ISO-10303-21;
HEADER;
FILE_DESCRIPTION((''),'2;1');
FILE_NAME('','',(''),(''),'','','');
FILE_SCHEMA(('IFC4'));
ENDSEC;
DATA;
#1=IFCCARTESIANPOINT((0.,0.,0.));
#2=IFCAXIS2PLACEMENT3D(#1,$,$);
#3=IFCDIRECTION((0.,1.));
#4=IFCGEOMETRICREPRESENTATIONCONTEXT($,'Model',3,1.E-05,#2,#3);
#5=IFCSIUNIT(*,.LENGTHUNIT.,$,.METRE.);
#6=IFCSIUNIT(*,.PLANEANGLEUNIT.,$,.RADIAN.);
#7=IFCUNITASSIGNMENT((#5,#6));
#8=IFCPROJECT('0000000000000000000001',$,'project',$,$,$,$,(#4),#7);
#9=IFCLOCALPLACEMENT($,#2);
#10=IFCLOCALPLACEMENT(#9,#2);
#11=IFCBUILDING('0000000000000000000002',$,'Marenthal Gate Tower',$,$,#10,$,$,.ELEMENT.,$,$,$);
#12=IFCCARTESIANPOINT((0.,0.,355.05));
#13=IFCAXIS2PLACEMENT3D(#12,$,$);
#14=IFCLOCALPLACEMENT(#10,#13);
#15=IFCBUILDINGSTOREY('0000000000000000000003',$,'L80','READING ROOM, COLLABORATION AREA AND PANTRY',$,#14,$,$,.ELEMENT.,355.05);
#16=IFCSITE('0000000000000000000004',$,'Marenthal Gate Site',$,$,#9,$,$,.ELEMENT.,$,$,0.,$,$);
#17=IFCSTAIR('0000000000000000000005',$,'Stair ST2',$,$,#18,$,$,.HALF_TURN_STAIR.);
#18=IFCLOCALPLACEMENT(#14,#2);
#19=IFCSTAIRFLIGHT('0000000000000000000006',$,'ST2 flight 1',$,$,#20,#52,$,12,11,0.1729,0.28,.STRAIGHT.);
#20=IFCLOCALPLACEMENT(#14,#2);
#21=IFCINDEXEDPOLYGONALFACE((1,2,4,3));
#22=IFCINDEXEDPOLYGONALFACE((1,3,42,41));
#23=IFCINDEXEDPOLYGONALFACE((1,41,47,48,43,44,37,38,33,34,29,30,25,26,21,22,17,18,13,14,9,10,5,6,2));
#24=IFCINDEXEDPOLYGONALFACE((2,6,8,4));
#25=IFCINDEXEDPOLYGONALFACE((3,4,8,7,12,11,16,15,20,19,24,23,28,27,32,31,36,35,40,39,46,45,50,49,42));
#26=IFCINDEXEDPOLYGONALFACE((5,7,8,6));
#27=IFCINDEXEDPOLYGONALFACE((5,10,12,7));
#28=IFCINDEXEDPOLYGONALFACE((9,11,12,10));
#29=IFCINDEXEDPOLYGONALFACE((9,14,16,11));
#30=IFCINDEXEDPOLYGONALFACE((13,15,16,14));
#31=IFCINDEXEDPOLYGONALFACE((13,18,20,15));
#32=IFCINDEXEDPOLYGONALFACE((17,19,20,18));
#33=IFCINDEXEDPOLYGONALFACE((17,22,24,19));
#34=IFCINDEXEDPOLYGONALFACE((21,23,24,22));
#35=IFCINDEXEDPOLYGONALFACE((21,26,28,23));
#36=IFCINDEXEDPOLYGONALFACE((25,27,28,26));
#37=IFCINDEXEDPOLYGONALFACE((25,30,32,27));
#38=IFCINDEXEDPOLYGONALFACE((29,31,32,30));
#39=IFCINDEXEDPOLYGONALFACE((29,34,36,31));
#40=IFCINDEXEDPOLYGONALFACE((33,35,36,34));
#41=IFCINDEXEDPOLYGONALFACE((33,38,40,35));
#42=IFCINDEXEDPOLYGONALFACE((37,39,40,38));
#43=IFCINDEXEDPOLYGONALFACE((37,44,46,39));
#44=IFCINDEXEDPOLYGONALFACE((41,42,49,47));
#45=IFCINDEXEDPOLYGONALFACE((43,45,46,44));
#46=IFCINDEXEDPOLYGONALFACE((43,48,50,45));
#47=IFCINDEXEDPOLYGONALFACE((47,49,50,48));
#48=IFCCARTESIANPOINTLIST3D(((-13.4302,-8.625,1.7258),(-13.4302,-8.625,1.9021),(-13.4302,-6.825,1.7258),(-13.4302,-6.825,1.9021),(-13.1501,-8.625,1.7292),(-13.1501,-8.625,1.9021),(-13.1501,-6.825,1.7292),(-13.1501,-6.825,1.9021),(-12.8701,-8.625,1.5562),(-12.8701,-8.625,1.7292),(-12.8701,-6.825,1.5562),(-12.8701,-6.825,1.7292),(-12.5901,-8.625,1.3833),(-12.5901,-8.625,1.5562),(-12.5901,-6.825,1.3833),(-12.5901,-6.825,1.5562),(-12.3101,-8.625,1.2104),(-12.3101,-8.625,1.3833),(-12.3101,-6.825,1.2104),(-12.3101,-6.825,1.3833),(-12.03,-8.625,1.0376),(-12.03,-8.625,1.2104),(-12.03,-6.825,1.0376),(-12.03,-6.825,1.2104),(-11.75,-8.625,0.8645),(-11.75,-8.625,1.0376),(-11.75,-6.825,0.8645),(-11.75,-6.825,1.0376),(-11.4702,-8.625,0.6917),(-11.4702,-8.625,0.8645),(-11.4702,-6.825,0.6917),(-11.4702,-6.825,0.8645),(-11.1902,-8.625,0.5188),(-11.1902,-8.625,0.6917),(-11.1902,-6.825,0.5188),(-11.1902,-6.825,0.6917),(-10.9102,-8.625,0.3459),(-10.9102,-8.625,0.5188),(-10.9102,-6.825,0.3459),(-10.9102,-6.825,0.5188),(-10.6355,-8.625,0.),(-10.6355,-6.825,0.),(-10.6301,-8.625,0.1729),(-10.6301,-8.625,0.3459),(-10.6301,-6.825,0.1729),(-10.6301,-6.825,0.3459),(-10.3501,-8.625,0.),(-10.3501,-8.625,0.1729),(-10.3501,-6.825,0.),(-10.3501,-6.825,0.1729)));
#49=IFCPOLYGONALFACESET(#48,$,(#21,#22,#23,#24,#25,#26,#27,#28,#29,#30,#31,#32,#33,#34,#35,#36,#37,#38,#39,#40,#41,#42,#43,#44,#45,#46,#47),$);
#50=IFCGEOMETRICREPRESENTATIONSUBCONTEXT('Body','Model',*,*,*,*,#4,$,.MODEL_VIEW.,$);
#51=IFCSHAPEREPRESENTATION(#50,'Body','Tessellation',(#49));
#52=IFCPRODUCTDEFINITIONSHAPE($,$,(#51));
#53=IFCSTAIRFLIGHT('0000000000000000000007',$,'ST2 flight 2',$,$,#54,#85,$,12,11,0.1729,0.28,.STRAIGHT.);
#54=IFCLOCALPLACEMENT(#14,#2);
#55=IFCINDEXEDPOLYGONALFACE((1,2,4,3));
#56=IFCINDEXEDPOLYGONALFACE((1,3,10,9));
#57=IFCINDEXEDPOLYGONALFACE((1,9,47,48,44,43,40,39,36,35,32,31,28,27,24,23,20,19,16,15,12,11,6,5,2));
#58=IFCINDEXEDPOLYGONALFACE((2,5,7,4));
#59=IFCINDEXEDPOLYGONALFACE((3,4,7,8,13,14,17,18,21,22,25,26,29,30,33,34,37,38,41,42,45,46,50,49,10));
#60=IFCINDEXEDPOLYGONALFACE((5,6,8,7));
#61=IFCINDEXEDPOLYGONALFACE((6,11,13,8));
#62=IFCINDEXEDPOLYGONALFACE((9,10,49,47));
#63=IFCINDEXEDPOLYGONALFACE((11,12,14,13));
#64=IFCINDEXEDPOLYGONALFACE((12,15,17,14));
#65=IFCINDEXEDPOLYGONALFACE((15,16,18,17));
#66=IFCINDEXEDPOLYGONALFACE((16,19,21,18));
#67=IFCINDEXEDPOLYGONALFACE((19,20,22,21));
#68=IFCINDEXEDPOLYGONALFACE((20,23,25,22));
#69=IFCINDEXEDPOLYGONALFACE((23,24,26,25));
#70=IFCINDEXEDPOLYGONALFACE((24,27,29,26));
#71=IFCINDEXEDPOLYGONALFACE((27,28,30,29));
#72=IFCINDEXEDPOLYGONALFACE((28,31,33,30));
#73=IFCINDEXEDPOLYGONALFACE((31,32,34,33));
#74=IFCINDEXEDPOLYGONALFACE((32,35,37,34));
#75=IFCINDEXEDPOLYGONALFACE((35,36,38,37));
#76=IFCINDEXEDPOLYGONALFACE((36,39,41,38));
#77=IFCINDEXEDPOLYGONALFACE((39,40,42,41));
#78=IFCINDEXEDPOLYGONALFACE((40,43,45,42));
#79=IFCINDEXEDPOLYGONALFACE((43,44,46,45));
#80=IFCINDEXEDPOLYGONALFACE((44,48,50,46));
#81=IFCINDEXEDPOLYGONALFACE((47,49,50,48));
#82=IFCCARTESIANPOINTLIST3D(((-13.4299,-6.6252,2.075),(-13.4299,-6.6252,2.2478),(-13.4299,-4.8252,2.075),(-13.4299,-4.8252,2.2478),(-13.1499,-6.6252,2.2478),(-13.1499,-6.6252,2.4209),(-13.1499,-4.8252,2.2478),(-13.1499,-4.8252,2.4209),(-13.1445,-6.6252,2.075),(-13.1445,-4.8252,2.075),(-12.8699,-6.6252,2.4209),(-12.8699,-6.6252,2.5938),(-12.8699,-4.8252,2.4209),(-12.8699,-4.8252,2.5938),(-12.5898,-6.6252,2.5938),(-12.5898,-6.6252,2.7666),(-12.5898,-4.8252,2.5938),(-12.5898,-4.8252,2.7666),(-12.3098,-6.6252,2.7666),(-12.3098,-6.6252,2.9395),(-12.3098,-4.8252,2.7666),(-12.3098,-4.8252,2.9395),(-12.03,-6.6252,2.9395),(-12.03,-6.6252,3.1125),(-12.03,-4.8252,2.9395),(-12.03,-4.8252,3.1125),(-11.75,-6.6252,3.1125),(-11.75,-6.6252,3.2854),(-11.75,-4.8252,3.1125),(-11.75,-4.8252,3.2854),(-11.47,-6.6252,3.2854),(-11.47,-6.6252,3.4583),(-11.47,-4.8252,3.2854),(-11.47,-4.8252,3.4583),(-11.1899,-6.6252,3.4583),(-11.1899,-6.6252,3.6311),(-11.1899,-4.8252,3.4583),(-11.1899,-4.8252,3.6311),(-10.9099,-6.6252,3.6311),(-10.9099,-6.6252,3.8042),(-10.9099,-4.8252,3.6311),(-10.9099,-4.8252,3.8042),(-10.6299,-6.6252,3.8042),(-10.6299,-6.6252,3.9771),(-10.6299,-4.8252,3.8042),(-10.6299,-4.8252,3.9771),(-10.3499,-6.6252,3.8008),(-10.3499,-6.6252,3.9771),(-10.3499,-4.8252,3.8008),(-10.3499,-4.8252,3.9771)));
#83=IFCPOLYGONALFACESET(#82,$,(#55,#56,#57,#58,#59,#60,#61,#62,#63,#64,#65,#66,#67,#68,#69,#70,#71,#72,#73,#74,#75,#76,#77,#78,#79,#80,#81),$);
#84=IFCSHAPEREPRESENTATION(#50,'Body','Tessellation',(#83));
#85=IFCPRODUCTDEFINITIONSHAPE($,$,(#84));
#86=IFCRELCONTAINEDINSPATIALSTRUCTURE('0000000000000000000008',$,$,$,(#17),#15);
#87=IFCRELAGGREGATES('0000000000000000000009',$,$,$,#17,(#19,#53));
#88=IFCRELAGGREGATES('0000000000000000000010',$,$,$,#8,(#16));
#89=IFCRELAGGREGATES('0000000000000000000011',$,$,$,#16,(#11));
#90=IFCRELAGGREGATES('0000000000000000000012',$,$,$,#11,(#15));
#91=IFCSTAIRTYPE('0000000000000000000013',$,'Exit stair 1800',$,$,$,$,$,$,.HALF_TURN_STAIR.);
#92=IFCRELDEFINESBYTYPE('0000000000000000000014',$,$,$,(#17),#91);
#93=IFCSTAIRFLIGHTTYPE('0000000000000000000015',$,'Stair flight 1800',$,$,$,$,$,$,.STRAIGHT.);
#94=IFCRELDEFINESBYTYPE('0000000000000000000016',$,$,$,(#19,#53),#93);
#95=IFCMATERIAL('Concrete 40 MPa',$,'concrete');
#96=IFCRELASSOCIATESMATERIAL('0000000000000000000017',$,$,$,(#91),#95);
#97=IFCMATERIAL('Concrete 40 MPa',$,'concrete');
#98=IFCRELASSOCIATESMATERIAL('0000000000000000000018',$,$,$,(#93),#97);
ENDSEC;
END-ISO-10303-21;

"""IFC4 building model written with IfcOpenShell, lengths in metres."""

from ifc_helpers import new_model, si_unit, direction, frame, origin, place, context, subcontext, project, spatial, polyline, outline, extrude, material, type_object, element, aggregate, save


model = new_model("IFC4")

# Units and contexts
model_context = context("Model", 3, precision=1e-05, world=origin(), true_north=direction((0.0, 1.0)))
body_context = subcontext(model_context, "Body", "Model", "MODEL_VIEW")
ifc_project = project(units=[si_unit("LENGTHUNIT", "METRE"), si_unit("PLANEANGLEUNIT", "RADIAN")], contexts=[model_context])

# Site, building, storey
site_placement = place(None, origin())
site = spatial("IfcSite", under=ifc_project, at=site_placement, Name="Marenthal Gate Site", CompositionType="ELEMENT", RefElevation=0.0)
building_placement = place(site_placement, origin())
building = spatial("IfcBuilding", under=site, at=building_placement, Name="Marenthal Gate Tower", CompositionType="ELEMENT")
storey_placement = place(building_placement, frame((0.0, 0.0, 355.05)))
storey = spatial("IfcBuildingStorey", under=building, at=storey_placement, Name="L80", Description="READING ROOM, COLLABORATION AREA AND PANTRY", CompositionType="ELEMENT", Elevation=355.05)

# Stair, stair flights
ifc_material_1 = material(Name="Concrete 40 MPa", Category="concrete")
stair_type = type_object("IfcStairType", Name="Exit stair 1800", PredefinedType="HALF_TURN_STAIR", material=ifc_material_1)
stair_placement = place(storey_placement, origin())
stair = element("IfcStair", 1, at=stair_placement, inside=storey, type_object=stair_type, Name="Stair ST2", PredefinedType="HALF_TURN_STAIR")
ifc_material_2 = material(Name="Concrete 40 MPa", Category="concrete")
stair_flight_type = type_object("IfcStairFlightType", Name="Stair flight 1800", PredefinedType="STRAIGHT", material=ifc_material_2)
stair_flight_1_placement = place(storey_placement, frame((-10.3501, -7.7251, 0.0), z_axis=(0.0, 0.0, 1.0), x_axis=(-1.0, 0.0, 0.0)))
stair_flight_1 = element("IfcStairFlight", 2, at=stair_flight_1_placement, type_object=stair_flight_type, Name="ST2 flight 1", NumberOfRisers=12, NumberOfTreads=11, PredefinedType="STRAIGHT", RiserHeight=0.1729, TreadLength=0.28, context=body_context, shape_type="SweptSolid", body=[
    extrude(outline(polyline([(0.0, 0.0), (0.0, 0.1729), (0.28, 0.1729), (0.28, 0.3459), (0.5601, 0.3459), (0.5601, 0.5188), (0.8401, 0.5188), (0.8401, 0.6917), (1.1201, 0.6917), (1.1201, 0.8645), (1.3999, 0.8645), (1.3999, 1.0376), (1.6799, 1.0376), (1.6799, 1.2104), (1.96, 1.2104), (1.96, 1.3833), (2.24, 1.3833), (2.24, 1.5562), (2.52, 1.5562), (2.52, 1.7292), (2.8, 1.7292), (2.8, 1.9021), (3.0801, 1.9021), (3.0801, 2.075), (3.0801, 1.7258), (0.2854, 0.0), (0.0, 0.0)])), frame((0.0, 0.8999, 0.0), z_axis=(0.0, -1.0, 0.0), x_axis=(1.0, 0.0, 0.0)), (0.0, 0.0, 1.0), 1.8),
])
stair_flight_2_placement = place(storey_placement, frame((-13.4299, -5.7251, 2.075), z_axis=(0.0, 0.0, 1.0), x_axis=(1.0, 0.0, 0.0)))
stair_flight_2 = element("IfcStairFlight", 3, at=stair_flight_2_placement, type_object=stair_flight_type, Name="ST2 flight 2", NumberOfRisers=12, NumberOfTreads=11, PredefinedType="STRAIGHT", RiserHeight=0.1729, TreadLength=0.28, context=body_context, shape_type="SweptSolid", body=[
    extrude(outline(polyline([(0.0, 0.0), (0.0, 0.1729), (0.28, 0.1729), (0.28, 0.3459), (0.5601, 0.3459), (0.5601, 0.5188), (0.8401, 0.5188), (0.8401, 0.6917), (1.1201, 0.6917), (1.1201, 0.8645), (1.3999, 0.8645), (1.3999, 1.0376), (1.6799, 1.0376), (1.6799, 1.2104), (1.96, 1.2104), (1.96, 1.3833), (2.24, 1.3833), (2.24, 1.5562), (2.52, 1.5562), (2.52, 1.7292), (2.8, 1.7292), (2.8, 1.9021), (3.0801, 1.9021), (3.0801, 2.075), (3.0801, 1.7258), (0.2854, 0.0), (0.0, 0.0)])), frame((0.0, 0.8999, 0.0), z_axis=(0.0, -1.0, 0.0), x_axis=(1.0, 0.0, 0.0)), (0.0, 0.0, 1.0), 1.8),
])
aggregate(stair, [stair_flight_1, stair_flight_2])

save(model, "model.ifc")
